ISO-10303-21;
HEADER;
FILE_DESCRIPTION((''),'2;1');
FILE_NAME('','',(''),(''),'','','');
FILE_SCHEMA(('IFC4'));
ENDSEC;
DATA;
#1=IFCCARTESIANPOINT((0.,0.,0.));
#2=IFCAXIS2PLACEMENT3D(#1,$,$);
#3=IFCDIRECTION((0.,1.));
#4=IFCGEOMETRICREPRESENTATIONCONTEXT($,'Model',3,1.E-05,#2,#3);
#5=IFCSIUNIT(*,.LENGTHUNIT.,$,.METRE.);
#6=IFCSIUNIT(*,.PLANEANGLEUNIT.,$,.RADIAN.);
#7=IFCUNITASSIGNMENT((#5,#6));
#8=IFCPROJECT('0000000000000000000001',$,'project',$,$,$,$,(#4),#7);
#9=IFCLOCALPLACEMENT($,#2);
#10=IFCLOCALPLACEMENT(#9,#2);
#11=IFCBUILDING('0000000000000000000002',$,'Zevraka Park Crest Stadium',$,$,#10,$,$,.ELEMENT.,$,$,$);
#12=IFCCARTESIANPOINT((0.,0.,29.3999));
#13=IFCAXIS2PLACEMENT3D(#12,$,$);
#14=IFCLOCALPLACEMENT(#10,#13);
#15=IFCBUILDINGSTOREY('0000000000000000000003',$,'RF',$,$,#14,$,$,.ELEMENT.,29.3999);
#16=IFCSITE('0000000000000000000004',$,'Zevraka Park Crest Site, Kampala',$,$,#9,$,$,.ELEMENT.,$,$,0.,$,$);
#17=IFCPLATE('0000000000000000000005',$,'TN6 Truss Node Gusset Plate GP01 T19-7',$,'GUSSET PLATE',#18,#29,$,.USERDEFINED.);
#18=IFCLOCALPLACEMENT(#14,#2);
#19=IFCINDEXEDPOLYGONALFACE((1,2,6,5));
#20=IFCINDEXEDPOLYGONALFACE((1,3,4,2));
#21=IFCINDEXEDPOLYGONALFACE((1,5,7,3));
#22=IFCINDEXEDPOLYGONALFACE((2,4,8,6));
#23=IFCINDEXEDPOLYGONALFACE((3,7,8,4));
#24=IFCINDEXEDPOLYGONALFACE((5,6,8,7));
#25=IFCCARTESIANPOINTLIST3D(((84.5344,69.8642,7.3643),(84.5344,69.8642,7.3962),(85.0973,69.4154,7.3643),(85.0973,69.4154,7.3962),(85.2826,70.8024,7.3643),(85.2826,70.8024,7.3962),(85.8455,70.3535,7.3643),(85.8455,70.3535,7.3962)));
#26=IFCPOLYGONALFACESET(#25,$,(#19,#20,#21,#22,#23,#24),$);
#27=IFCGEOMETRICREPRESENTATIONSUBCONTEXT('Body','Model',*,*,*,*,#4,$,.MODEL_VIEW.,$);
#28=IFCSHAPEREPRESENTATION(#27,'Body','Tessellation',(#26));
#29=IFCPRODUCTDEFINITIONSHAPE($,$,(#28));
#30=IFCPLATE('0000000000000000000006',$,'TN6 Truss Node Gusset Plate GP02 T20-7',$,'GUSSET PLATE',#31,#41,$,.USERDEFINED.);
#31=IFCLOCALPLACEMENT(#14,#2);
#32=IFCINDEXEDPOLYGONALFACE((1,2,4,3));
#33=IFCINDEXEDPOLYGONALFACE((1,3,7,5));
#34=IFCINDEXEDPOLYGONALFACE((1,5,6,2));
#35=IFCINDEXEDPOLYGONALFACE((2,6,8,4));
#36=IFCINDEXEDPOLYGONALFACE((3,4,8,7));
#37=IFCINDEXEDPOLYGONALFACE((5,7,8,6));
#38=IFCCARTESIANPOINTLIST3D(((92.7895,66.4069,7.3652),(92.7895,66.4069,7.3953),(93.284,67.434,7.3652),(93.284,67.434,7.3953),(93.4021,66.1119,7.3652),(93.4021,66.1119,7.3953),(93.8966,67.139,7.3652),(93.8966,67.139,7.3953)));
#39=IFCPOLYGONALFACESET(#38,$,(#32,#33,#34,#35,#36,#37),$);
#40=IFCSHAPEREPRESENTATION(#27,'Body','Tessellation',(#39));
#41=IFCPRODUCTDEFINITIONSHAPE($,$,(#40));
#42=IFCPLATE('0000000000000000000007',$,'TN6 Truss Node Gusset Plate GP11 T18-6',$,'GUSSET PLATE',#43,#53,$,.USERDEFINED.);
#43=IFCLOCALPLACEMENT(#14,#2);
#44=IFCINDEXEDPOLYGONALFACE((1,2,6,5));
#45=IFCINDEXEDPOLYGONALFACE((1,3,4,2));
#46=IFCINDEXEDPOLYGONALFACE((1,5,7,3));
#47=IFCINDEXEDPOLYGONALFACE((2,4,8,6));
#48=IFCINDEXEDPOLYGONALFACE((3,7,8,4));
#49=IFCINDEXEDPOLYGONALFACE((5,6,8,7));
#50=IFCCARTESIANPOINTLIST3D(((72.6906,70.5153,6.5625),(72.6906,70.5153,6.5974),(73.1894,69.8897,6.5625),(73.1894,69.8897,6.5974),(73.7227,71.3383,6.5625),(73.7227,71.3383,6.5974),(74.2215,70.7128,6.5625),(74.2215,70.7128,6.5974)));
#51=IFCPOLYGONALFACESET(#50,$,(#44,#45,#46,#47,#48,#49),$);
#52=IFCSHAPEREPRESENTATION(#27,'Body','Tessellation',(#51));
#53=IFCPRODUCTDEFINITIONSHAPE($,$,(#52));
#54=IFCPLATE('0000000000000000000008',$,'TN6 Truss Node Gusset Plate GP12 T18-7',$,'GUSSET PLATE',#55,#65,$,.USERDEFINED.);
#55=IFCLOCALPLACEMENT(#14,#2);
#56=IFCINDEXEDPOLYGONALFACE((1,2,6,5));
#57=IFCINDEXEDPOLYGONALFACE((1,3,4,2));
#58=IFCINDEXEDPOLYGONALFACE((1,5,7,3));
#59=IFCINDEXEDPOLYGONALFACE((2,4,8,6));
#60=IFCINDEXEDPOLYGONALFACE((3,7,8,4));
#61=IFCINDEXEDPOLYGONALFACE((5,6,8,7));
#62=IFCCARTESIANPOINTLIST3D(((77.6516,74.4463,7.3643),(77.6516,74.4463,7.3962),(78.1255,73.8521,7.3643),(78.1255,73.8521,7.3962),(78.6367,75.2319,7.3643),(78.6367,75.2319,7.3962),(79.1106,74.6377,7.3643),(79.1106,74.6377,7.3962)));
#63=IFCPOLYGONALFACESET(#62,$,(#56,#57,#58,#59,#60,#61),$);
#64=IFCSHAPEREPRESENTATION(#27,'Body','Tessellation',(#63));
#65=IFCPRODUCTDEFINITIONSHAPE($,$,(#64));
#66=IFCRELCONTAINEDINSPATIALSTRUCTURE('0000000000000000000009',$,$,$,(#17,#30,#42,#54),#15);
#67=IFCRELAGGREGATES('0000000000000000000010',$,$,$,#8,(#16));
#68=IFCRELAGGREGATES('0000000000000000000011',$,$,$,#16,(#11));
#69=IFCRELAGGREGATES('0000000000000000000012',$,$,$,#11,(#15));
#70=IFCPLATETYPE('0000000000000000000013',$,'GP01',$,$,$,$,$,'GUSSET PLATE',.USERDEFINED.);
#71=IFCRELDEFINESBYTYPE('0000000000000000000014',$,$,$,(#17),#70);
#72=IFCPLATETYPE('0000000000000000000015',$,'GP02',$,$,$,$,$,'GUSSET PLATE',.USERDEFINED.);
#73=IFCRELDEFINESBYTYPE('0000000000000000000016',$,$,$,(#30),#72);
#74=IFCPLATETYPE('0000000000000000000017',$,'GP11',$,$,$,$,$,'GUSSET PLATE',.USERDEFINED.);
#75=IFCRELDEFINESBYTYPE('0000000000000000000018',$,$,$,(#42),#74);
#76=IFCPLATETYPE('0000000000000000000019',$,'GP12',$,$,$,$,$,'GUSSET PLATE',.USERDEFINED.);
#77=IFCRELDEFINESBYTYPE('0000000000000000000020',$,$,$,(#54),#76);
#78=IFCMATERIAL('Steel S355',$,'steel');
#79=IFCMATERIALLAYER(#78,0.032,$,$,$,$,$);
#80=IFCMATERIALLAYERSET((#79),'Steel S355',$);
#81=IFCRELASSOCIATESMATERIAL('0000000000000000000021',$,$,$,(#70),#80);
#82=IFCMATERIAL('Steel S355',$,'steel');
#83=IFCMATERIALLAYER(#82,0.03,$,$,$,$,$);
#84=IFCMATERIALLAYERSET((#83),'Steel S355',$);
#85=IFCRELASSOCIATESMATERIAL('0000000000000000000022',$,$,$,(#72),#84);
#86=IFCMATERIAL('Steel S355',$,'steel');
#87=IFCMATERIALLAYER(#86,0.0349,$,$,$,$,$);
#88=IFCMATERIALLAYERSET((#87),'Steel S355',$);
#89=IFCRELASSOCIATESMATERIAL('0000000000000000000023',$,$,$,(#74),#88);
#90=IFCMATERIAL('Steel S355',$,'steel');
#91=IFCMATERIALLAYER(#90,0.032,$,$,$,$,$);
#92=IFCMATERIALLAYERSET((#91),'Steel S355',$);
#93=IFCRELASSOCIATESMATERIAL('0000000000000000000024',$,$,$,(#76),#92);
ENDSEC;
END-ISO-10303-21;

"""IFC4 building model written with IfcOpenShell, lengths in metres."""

from ifc_helpers import new_model, si_unit, direction, frame, origin, origin_2d, place, context, subcontext, project, spatial, rectangle, extrude, material, layer, layer_set, type_object, element, save


model = new_model("IFC4")

# Units and contexts
model_context = context("Model", 3, precision=1e-05, world=origin(), true_north=direction((0.0, 1.0)))
body_context = subcontext(model_context, "Body", "Model", "MODEL_VIEW")
ifc_project = project(units=[si_unit("LENGTHUNIT", "METRE"), si_unit("PLANEANGLEUNIT", "RADIAN")], contexts=[model_context])

# Site, building, storey
site_placement = place(None, origin())
site = spatial("IfcSite", under=ifc_project, at=site_placement, Name="Zevraka Park Crest Site, Kampala", CompositionType="ELEMENT", RefElevation=0.0)
building_placement = place(site_placement, origin())
building = spatial("IfcBuilding", under=site, at=building_placement, Name="Zevraka Park Crest Stadium", CompositionType="ELEMENT")
storey_placement = place(building_placement, frame((0.0, 0.0, 29.3999)))
storey = spatial("IfcBuildingStorey", under=building, at=storey_placement, Name="RF", CompositionType="ELEMENT", Elevation=29.3999)

# Plates
ifc_material_1 = material(Name="Steel S355", Category="steel")
ifc_layer_1 = layer(ifc_material_1, 0.032)
ifc_layer_set_1 = layer_set([ifc_layer_1], Name="Steel S355")
plate_type_1 = type_object("IfcPlateType", Name="GP01", ElementType="GUSSET PLATE", PredefinedType="USERDEFINED", material=ifc_layer_set_1)
plate_1_placement = place(storey_placement, frame((85.1899, 70.1089, 7.3643), z_axis=(0.0, 0.0, 1.0), x_axis=(0.62347, 0.781847, 0.0)))
element("IfcPlate", 1, at=plate_1_placement, inside=storey, type_object=plate_type_1, Name="TN6 Truss Node Gusset Plate GP01 T19-7", ObjectType="GUSSET PLATE", PredefinedType="USERDEFINED", context=body_context, shape_type="SweptSolid", body=[
    extrude(rectangle(XDim=1.2, YDim=0.72, at=origin_2d()), origin(), (0.0, 0.0, 1.0), 0.032),
])
ifc_material_2 = material(Name="Steel S355", Category="steel")
ifc_layer_2 = layer(ifc_material_2, 0.03)
ifc_layer_set_2 = layer_set([ifc_layer_2], Name="Steel S355")
plate_type_2 = type_object("IfcPlateType", Name="GP02", ElementType="GUSSET PLATE", PredefinedType="USERDEFINED", material=ifc_layer_set_2)
plate_2_placement = place(storey_placement, frame((93.343, 66.7729, 7.3652), z_axis=(0.0, 0.0, 1.0), x_axis=(0.433816, 0.901001, 0.0)))
element("IfcPlate", 2, at=plate_2_placement, inside=storey, type_object=plate_type_2, Name="TN6 Truss Node Gusset Plate GP02 T20-7", ObjectType="GUSSET PLATE", PredefinedType="USERDEFINED", context=body_context, shape_type="SweptSolid", body=[
    extrude(rectangle(XDim=1.1399, YDim=0.6799, at=origin_2d()), origin(), (0.0, 0.0, 1.0), 0.03),
])
ifc_material_3 = material(Name="Steel S355", Category="steel")
ifc_layer_3 = layer(ifc_material_3, 0.0349)
ifc_layer_set_3 = layer_set([ifc_layer_3], Name="Steel S355")
plate_type_3 = type_object("IfcPlateType", Name="GP11", ElementType="GUSSET PLATE", PredefinedType="USERDEFINED", material=ifc_layer_set_3)
plate_3_placement = place(storey_placement, frame((73.4561, 70.614, 6.5625), z_axis=(0.0, 0.0, 1.0), x_axis=(0.781847, 0.62347, 0.0)))
element("IfcPlate", 3, at=plate_3_placement, inside=storey, type_object=plate_type_3, Name="TN6 Truss Node Gusset Plate GP11 T18-6", ObjectType="GUSSET PLATE", PredefinedType="USERDEFINED", context=body_context, shape_type="SweptSolid", body=[
    extrude(rectangle(XDim=1.3201, YDim=0.8, at=origin_2d()), origin(), (0.0, 0.0, 1.0), 0.0349),
])
ifc_material_4 = material(Name="Steel S355", Category="steel")
ifc_layer_4 = layer(ifc_material_4, 0.032)
ifc_layer_set_4 = layer_set([ifc_layer_4], Name="Steel S355")
plate_type_4 = type_object("IfcPlateType", Name="GP12", ElementType="GUSSET PLATE", PredefinedType="USERDEFINED", material=ifc_layer_set_4)
plate_4_placement = place(storey_placement, frame((78.3811, 74.542, 7.3643), z_axis=(0.0, 0.0, 1.0), x_axis=(0.781847, 0.62347, 0.0)))
element("IfcPlate", 4, at=plate_4_placement, inside=storey, type_object=plate_type_4, Name="TN6 Truss Node Gusset Plate GP12 T18-7", ObjectType="GUSSET PLATE", PredefinedType="USERDEFINED", context=body_context, shape_type="SweptSolid", body=[
    extrude(rectangle(XDim=1.26, YDim=0.76, at=origin_2d()), origin(), (0.0, 0.0, 1.0), 0.032),
])

save(model, "model.ifc")
